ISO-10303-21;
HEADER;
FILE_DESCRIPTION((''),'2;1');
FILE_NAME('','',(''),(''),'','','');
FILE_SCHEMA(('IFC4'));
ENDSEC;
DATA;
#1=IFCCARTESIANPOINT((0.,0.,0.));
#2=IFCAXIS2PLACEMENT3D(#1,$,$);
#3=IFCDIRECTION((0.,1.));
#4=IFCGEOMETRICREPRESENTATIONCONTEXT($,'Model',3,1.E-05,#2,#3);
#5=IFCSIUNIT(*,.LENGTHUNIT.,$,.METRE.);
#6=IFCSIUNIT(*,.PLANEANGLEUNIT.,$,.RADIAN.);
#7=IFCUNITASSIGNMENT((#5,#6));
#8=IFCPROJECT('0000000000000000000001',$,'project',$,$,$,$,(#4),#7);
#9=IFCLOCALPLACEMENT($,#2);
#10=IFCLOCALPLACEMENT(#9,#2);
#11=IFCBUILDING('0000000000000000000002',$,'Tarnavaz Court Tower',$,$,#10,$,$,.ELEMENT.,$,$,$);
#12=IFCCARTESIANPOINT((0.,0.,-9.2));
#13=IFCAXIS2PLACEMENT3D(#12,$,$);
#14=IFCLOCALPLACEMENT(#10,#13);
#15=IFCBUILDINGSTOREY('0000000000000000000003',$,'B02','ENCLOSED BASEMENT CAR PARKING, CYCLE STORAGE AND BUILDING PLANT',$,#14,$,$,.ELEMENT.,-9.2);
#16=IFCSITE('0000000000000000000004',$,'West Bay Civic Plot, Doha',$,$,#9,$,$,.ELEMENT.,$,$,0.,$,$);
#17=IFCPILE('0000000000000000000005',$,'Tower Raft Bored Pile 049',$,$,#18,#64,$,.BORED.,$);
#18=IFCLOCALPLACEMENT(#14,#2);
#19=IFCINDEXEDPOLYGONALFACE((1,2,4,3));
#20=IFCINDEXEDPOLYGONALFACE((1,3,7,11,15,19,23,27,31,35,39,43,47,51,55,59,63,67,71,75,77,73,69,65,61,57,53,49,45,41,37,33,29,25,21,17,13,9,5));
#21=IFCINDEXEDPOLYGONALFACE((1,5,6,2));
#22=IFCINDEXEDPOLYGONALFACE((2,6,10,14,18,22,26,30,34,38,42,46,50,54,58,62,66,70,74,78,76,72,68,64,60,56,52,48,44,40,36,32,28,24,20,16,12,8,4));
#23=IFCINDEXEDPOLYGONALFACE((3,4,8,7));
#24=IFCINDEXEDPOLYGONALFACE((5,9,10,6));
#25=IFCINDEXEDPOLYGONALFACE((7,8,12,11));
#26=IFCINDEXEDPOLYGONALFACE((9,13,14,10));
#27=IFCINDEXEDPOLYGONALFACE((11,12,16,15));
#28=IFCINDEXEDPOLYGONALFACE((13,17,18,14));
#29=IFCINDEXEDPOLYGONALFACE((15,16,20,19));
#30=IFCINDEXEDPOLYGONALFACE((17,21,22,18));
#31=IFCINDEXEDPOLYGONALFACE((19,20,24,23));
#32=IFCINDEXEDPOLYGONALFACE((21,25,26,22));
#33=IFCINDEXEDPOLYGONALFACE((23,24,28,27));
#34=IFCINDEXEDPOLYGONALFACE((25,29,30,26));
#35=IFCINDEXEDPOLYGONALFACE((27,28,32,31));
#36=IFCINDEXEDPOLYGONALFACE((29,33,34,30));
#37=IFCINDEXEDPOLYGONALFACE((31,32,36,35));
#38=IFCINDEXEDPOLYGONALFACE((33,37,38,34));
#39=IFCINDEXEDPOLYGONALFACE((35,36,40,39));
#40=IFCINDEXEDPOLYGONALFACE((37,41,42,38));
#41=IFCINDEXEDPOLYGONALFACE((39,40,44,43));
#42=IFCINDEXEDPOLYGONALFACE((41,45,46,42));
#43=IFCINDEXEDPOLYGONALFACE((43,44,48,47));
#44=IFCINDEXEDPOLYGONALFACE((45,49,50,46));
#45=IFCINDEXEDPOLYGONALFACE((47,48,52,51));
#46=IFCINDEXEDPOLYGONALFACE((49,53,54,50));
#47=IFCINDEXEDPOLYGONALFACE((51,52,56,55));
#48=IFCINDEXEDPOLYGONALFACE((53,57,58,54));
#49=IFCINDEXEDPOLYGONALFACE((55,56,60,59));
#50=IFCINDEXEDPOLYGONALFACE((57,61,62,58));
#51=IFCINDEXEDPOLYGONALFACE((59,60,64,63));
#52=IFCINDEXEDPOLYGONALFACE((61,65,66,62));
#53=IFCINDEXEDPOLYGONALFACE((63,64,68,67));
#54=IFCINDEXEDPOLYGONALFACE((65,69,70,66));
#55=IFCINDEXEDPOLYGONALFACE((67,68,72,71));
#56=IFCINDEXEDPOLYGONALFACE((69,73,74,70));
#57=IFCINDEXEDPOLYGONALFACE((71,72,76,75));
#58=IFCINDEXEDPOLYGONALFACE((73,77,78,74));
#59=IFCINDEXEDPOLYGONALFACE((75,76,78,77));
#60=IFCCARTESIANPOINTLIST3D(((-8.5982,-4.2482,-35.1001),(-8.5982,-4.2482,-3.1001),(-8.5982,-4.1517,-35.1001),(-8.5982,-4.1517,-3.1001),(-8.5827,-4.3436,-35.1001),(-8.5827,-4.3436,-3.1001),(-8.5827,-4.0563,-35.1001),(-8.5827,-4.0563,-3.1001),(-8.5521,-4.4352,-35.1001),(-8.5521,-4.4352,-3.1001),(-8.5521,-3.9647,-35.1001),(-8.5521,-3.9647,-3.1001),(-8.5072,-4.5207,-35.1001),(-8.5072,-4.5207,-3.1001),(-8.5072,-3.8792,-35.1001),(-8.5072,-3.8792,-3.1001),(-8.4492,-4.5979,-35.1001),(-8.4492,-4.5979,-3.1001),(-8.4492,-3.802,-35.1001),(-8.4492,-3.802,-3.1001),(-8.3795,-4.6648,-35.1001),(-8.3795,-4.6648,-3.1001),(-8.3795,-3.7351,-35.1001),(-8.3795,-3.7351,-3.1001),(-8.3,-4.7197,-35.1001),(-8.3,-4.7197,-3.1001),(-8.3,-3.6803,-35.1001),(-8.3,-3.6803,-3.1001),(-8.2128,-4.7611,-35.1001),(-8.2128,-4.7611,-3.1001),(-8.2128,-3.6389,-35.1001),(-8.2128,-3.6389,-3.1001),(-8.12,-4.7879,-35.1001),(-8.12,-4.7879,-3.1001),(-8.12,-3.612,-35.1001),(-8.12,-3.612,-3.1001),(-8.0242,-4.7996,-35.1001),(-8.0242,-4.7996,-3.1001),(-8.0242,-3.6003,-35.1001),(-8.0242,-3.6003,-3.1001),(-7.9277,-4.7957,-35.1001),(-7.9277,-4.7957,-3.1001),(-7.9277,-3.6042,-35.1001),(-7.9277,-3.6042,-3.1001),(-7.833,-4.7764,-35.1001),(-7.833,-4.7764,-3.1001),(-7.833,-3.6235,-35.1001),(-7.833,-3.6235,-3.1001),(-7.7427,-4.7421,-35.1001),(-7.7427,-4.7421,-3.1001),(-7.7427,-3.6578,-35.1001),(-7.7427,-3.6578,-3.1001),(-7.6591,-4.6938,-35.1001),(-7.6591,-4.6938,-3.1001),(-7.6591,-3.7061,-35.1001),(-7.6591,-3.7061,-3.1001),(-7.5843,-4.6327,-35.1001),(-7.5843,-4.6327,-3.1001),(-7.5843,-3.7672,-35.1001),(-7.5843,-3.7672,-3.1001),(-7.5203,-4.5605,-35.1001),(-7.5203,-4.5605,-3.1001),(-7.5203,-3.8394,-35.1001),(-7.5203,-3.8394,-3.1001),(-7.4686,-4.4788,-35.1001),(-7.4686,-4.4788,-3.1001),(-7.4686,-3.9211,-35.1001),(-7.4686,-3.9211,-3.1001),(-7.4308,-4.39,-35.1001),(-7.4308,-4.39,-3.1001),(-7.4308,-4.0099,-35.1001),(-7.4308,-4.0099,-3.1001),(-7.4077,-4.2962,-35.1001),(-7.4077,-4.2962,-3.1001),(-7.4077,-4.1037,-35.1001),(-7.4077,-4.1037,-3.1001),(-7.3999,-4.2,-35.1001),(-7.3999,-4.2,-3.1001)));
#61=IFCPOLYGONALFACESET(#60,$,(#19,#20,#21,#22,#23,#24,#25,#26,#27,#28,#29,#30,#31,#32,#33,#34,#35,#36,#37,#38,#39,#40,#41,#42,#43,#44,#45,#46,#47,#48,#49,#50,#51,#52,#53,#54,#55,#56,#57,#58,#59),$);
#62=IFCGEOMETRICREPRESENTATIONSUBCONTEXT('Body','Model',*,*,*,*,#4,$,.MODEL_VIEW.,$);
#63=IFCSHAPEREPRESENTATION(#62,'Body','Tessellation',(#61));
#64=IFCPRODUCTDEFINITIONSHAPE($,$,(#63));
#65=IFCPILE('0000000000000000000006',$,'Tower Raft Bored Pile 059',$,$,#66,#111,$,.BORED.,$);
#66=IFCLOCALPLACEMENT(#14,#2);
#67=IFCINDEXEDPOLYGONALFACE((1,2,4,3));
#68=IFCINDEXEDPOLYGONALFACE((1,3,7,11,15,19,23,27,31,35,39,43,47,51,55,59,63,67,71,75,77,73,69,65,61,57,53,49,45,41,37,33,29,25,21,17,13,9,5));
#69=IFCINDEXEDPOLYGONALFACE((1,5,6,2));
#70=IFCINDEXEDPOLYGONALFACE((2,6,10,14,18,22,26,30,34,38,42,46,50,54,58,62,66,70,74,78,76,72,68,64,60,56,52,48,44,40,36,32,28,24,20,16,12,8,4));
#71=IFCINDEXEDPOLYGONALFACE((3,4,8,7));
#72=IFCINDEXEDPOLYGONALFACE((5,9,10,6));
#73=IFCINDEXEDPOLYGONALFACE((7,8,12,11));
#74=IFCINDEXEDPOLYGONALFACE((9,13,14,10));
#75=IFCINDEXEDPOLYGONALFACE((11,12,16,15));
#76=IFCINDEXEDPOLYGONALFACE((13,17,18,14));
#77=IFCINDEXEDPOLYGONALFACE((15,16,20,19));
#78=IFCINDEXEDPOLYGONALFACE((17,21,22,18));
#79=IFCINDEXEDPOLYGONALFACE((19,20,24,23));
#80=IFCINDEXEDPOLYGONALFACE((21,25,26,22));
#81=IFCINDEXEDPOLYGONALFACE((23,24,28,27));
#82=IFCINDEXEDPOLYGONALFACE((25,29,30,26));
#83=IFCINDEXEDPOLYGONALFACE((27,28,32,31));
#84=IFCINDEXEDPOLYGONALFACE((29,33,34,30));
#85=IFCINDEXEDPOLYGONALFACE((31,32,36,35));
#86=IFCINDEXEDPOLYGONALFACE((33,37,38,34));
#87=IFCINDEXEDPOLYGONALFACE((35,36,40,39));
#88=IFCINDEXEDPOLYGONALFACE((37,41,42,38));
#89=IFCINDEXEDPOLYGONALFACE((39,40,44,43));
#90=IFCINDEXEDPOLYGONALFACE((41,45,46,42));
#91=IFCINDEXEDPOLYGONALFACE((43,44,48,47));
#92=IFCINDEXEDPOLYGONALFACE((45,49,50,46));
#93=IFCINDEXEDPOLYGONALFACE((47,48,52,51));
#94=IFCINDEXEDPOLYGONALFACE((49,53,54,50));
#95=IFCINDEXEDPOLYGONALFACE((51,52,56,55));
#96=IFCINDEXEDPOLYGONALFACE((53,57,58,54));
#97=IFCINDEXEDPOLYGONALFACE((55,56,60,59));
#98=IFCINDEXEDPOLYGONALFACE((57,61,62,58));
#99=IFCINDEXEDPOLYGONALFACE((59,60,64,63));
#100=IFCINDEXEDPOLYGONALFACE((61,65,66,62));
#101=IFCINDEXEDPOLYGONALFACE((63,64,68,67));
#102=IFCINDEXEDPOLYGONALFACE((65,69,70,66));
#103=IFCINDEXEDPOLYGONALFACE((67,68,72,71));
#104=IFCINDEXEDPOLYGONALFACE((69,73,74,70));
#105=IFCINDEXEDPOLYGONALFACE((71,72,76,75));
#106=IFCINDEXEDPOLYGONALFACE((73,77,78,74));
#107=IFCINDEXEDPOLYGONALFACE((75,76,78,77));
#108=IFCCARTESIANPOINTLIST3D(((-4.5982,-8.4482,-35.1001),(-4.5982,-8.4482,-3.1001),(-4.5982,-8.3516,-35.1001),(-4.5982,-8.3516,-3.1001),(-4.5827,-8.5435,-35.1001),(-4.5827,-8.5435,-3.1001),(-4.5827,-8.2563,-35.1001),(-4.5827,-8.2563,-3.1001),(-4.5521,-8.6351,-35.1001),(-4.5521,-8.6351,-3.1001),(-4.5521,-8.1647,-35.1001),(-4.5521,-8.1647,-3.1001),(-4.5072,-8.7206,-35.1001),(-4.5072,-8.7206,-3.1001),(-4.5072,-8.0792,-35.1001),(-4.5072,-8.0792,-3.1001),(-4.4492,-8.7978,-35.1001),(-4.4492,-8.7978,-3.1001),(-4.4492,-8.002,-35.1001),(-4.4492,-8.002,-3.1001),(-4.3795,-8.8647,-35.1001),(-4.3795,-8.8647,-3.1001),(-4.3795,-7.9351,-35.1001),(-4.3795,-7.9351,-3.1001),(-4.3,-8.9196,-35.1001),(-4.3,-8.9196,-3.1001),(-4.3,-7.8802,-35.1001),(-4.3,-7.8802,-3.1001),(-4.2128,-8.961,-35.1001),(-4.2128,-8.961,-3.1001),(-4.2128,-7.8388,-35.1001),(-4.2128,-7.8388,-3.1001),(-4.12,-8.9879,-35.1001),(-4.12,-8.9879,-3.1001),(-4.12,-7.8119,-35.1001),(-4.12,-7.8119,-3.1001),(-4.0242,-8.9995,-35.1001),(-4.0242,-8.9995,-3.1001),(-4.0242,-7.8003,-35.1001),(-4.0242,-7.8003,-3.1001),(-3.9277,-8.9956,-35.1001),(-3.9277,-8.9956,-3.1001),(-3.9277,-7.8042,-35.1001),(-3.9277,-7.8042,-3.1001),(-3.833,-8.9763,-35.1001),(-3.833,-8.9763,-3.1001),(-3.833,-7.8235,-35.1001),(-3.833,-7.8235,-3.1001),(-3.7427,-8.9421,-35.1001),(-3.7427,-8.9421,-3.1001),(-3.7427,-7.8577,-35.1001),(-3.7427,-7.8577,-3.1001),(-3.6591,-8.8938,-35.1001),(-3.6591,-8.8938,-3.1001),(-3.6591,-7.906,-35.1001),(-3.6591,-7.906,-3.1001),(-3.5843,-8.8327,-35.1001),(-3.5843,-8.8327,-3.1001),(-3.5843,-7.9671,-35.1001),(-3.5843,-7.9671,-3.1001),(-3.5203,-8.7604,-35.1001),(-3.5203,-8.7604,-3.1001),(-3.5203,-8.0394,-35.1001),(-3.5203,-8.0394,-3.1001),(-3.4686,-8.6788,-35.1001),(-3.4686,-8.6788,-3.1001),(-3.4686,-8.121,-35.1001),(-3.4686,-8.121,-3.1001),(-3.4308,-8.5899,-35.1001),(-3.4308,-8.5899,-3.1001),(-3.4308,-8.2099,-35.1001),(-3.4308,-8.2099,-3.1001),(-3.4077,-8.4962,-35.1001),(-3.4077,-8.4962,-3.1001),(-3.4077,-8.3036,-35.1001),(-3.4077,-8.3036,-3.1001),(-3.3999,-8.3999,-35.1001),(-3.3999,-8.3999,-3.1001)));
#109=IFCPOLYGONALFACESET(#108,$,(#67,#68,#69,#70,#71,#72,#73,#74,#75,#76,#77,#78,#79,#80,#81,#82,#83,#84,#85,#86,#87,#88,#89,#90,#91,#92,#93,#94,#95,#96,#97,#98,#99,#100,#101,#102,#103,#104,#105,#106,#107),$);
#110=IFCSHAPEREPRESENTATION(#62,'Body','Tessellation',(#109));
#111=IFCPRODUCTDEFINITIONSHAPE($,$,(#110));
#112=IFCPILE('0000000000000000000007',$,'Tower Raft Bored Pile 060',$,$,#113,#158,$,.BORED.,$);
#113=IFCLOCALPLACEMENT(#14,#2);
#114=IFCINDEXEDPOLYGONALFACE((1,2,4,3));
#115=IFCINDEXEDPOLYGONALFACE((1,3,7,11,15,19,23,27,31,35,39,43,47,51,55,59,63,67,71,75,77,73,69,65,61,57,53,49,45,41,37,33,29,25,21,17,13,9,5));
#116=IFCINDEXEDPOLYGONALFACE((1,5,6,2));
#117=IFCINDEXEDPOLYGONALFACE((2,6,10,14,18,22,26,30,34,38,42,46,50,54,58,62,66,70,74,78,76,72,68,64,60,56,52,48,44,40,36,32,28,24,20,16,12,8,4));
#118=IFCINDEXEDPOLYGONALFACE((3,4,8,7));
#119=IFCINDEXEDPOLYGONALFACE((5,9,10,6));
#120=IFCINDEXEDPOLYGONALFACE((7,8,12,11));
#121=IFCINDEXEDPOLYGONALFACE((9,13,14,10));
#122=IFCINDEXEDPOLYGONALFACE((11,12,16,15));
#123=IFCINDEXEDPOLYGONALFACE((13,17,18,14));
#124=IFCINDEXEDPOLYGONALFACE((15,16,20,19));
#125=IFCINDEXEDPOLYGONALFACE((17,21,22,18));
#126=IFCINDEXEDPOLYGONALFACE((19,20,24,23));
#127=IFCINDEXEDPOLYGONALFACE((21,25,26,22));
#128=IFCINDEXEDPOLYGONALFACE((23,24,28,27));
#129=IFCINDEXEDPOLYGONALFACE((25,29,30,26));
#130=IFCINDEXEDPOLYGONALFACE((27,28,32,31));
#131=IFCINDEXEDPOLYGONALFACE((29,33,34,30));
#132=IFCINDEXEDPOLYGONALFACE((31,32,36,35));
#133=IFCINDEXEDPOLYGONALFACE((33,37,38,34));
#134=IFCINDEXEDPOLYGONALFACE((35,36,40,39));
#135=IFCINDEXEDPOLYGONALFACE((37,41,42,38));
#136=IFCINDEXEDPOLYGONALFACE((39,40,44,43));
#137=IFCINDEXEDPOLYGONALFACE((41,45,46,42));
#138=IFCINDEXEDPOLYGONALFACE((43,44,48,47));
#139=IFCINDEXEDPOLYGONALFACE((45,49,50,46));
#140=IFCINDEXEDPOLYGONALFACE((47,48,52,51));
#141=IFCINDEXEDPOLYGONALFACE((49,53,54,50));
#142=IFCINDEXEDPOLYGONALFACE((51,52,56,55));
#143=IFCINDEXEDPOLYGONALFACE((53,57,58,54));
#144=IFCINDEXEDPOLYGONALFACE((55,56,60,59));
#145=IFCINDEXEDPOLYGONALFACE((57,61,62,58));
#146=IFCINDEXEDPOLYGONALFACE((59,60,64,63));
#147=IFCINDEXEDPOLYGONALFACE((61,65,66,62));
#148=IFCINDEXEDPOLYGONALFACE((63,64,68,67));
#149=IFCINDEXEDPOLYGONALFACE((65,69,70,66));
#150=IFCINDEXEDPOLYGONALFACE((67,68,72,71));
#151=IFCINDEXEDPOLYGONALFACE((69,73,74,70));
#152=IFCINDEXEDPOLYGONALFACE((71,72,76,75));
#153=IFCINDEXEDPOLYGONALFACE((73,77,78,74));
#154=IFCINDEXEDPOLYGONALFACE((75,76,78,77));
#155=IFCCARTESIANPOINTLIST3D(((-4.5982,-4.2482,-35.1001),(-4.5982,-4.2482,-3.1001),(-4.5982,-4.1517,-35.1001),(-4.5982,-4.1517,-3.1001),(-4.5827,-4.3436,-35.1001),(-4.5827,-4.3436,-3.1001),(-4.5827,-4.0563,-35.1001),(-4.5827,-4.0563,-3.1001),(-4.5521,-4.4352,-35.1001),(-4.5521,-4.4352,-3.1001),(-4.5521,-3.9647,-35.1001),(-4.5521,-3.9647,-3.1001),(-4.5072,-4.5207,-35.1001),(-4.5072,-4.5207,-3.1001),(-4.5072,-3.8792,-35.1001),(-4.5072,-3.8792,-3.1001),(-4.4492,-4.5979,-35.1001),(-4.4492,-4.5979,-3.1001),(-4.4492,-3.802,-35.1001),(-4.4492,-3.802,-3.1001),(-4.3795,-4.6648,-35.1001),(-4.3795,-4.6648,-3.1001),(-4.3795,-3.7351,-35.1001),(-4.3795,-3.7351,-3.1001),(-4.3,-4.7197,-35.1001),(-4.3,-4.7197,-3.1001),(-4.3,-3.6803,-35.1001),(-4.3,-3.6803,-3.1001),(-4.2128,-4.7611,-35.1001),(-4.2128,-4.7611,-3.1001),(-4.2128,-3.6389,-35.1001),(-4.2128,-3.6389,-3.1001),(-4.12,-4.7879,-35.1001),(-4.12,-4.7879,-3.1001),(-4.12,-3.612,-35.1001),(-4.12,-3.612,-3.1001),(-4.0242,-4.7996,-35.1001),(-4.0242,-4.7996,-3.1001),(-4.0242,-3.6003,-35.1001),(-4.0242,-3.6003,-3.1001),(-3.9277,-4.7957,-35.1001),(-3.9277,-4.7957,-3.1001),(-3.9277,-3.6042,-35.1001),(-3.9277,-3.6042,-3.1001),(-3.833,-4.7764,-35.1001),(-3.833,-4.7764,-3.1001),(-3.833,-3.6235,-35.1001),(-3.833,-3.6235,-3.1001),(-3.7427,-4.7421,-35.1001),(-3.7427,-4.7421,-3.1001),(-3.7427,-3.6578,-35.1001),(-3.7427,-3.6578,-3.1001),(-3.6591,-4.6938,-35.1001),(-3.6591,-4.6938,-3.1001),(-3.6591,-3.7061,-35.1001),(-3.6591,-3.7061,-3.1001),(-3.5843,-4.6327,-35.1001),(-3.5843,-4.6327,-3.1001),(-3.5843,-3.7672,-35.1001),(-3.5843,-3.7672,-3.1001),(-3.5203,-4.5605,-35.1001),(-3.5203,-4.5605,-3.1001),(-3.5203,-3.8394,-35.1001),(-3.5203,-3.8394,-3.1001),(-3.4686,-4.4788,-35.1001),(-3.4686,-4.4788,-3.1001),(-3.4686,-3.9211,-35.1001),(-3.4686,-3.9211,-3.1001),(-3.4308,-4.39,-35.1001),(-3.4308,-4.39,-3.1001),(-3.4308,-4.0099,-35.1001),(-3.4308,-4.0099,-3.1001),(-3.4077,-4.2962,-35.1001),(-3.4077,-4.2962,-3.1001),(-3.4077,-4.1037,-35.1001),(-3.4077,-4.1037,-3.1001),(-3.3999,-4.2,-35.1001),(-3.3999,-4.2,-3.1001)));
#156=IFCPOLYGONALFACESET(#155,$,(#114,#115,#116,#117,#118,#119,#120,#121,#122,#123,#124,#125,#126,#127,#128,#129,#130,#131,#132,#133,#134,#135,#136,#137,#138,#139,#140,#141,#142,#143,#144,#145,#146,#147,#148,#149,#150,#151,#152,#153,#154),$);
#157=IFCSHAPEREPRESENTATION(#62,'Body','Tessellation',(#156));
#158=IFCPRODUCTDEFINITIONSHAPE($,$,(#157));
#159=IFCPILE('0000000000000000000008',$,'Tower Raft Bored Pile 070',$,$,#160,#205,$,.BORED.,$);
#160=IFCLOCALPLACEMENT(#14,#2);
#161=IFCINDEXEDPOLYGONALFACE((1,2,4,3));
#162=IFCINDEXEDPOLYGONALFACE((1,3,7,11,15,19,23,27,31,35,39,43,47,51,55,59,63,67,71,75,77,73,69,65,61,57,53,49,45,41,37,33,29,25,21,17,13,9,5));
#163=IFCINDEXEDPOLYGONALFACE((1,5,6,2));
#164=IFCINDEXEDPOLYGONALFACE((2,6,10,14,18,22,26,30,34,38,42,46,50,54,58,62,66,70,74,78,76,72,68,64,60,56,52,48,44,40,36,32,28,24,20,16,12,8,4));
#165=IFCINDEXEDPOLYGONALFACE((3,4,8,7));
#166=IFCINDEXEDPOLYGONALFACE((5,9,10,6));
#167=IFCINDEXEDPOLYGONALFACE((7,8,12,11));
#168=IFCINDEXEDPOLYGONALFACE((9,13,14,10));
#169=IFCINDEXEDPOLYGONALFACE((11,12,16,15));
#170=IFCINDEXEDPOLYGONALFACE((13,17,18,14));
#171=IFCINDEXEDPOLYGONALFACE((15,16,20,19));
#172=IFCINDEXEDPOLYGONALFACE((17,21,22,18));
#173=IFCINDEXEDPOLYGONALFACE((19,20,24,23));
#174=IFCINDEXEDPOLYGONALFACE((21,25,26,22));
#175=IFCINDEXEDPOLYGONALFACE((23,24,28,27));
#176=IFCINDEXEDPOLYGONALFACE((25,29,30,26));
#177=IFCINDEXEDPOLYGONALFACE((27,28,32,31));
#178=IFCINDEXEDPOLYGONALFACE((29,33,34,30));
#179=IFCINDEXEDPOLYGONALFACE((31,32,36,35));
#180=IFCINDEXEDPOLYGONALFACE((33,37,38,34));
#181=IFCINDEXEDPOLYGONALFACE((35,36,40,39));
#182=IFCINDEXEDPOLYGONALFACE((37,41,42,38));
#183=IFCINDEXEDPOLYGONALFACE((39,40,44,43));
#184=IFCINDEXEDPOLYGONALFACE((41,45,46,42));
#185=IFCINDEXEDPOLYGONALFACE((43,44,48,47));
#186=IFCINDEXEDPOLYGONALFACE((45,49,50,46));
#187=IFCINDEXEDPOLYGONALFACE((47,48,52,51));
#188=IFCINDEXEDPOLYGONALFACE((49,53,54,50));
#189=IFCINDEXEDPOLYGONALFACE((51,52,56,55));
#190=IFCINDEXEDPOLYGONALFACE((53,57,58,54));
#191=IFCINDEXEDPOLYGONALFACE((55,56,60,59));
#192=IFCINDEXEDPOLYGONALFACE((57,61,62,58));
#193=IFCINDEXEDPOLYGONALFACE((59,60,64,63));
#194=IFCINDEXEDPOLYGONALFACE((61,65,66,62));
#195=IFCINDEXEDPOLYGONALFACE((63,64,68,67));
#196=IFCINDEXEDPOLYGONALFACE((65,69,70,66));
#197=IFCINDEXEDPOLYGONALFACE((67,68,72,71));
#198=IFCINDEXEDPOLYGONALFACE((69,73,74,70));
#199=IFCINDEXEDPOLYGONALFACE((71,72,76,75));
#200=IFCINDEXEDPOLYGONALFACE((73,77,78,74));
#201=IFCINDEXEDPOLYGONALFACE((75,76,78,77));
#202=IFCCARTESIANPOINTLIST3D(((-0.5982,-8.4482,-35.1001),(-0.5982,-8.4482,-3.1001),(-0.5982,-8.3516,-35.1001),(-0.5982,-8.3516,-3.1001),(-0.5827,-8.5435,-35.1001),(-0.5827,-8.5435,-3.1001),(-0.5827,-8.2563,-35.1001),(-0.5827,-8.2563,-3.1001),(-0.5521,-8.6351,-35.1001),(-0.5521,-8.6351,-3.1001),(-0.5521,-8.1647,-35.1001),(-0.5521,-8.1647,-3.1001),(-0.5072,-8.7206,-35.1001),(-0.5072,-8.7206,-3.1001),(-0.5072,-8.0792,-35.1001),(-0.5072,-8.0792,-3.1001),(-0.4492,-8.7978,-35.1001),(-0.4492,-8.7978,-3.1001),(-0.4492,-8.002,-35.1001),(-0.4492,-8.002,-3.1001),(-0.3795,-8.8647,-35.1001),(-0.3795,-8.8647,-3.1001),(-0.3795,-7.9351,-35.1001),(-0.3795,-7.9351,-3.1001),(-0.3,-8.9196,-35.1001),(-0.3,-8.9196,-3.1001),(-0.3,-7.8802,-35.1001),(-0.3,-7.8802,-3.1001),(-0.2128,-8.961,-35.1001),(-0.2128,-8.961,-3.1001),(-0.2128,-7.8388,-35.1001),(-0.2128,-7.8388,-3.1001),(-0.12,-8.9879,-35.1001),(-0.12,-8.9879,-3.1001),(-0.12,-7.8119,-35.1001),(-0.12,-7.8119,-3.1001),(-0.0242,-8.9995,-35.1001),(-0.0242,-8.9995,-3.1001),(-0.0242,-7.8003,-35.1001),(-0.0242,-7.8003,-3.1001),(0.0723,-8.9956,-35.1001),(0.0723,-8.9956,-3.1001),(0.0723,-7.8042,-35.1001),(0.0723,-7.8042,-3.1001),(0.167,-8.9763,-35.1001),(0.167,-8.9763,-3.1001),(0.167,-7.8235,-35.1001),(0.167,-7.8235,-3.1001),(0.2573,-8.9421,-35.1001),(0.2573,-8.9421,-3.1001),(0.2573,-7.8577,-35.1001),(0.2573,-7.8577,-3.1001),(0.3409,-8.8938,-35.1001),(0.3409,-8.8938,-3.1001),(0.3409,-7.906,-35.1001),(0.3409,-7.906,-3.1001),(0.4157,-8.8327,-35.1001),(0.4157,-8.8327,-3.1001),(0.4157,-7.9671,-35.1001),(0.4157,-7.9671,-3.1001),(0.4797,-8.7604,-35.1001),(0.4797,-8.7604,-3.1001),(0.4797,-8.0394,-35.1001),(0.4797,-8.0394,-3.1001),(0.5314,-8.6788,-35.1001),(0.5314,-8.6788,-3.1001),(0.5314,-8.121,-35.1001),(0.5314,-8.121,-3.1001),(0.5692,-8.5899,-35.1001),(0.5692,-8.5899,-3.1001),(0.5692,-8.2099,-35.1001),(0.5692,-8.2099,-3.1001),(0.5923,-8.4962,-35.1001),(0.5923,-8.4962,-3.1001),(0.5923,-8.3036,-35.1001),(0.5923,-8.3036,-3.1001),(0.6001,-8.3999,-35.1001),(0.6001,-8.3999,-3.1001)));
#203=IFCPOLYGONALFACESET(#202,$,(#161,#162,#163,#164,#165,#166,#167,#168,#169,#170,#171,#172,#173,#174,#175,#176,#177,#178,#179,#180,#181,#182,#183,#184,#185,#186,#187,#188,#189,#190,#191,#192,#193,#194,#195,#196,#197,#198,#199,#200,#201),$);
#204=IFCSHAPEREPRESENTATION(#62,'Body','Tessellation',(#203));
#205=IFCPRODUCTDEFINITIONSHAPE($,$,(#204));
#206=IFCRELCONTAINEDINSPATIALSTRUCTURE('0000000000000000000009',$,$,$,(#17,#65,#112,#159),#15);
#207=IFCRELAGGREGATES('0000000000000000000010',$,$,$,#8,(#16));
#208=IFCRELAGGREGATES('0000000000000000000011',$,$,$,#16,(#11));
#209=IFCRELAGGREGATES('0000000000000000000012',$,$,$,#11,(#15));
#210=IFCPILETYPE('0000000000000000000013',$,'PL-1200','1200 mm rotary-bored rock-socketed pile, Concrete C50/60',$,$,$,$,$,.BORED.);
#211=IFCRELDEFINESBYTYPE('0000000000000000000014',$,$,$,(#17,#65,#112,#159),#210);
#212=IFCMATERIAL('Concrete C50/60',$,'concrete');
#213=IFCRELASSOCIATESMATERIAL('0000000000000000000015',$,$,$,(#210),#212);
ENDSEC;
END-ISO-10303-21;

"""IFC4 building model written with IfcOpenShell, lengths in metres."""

from ifc_helpers import new_model, si_unit, direction, frame, origin, origin_2d, place, context, subcontext, project, spatial, circle, extrude, material, material_profile, profile_set, type_object, element, save


model = new_model("IFC4")

# Units and contexts
model_context = context("Model", 3, precision=1e-05, world=origin(), true_north=direction((0.0, 1.0)))
body_context = subcontext(model_context, "Body", "Model", "MODEL_VIEW")
ifc_project = project(units=[si_unit("LENGTHUNIT", "METRE"), si_unit("PLANEANGLEUNIT", "RADIAN")], contexts=[model_context])

# Site, building, storey
site_placement = place(None, origin())
site = spatial("IfcSite", under=ifc_project, at=site_placement, Name="West Bay Civic Plot, Doha", CompositionType="ELEMENT", RefElevation=0.0)
building_placement = place(site_placement, origin())
building = spatial("IfcBuilding", under=site, at=building_placement, Name="Tarnavaz Court Tower", CompositionType="ELEMENT")
storey_placement = place(building_placement, frame((0.0, 0.0, -9.2)))
storey = spatial("IfcBuildingStorey", under=building, at=storey_placement, Name="B02", Description="ENCLOSED BASEMENT CAR PARKING, CYCLE STORAGE AND BUILDING PLANT", CompositionType="ELEMENT", Elevation=-9.2)

# Piles
ifc_material_1 = material(Name="Concrete C50/60", Category="concrete")
ifc_material_profile_1 = material_profile(ifc_material_1, circle(Radius=0.6001, at=origin_2d()), Name="PILE D1200")
ifc_profile_set_1 = profile_set([ifc_material_profile_1], Name="Concrete C50/60")
pile_type = type_object("IfcPileType", Name="PL-1200", Description="1200 mm rotary-bored rock-socketed pile, Concrete C50/60", PredefinedType="BORED", material=ifc_profile_set_1)
for number, where, z_axis, x_axis, name in (
    (1, (-8.0, -4.2, -3.1001), (0.0, 0.0, -1.0), (1.0, 0.0, 0.0), "Tower Raft Bored Pile 049"),
    (2, (-4.0, -8.3999, -3.1001), (0.0, 0.0, -1.0), (1.0, 0.0, 0.0), "Tower Raft Bored Pile 059"),
    (3, (-4.0, -4.2, -3.1001), (0.0, 0.0, -1.0), (1.0, 0.0, 0.0), "Tower Raft Bored Pile 060"),
    (4, (0.0, -8.3999, -3.1001), (0.0, 0.0, -1.0), (1.0, 0.0, 0.0), "Tower Raft Bored Pile 070"),
):
    element("IfcPile", number, at=place(storey_placement, frame(where, z_axis=z_axis, x_axis=x_axis)), inside=storey, type_object=pile_type, Name=name, PredefinedType="BORED", context=body_context, shape_type="SweptSolid", body=[
        extrude(circle(Radius=0.6001, at=origin_2d()), origin(), (0.0, 0.0, 1.0), 32.0),
    ])

save(model, "model.ifc")
